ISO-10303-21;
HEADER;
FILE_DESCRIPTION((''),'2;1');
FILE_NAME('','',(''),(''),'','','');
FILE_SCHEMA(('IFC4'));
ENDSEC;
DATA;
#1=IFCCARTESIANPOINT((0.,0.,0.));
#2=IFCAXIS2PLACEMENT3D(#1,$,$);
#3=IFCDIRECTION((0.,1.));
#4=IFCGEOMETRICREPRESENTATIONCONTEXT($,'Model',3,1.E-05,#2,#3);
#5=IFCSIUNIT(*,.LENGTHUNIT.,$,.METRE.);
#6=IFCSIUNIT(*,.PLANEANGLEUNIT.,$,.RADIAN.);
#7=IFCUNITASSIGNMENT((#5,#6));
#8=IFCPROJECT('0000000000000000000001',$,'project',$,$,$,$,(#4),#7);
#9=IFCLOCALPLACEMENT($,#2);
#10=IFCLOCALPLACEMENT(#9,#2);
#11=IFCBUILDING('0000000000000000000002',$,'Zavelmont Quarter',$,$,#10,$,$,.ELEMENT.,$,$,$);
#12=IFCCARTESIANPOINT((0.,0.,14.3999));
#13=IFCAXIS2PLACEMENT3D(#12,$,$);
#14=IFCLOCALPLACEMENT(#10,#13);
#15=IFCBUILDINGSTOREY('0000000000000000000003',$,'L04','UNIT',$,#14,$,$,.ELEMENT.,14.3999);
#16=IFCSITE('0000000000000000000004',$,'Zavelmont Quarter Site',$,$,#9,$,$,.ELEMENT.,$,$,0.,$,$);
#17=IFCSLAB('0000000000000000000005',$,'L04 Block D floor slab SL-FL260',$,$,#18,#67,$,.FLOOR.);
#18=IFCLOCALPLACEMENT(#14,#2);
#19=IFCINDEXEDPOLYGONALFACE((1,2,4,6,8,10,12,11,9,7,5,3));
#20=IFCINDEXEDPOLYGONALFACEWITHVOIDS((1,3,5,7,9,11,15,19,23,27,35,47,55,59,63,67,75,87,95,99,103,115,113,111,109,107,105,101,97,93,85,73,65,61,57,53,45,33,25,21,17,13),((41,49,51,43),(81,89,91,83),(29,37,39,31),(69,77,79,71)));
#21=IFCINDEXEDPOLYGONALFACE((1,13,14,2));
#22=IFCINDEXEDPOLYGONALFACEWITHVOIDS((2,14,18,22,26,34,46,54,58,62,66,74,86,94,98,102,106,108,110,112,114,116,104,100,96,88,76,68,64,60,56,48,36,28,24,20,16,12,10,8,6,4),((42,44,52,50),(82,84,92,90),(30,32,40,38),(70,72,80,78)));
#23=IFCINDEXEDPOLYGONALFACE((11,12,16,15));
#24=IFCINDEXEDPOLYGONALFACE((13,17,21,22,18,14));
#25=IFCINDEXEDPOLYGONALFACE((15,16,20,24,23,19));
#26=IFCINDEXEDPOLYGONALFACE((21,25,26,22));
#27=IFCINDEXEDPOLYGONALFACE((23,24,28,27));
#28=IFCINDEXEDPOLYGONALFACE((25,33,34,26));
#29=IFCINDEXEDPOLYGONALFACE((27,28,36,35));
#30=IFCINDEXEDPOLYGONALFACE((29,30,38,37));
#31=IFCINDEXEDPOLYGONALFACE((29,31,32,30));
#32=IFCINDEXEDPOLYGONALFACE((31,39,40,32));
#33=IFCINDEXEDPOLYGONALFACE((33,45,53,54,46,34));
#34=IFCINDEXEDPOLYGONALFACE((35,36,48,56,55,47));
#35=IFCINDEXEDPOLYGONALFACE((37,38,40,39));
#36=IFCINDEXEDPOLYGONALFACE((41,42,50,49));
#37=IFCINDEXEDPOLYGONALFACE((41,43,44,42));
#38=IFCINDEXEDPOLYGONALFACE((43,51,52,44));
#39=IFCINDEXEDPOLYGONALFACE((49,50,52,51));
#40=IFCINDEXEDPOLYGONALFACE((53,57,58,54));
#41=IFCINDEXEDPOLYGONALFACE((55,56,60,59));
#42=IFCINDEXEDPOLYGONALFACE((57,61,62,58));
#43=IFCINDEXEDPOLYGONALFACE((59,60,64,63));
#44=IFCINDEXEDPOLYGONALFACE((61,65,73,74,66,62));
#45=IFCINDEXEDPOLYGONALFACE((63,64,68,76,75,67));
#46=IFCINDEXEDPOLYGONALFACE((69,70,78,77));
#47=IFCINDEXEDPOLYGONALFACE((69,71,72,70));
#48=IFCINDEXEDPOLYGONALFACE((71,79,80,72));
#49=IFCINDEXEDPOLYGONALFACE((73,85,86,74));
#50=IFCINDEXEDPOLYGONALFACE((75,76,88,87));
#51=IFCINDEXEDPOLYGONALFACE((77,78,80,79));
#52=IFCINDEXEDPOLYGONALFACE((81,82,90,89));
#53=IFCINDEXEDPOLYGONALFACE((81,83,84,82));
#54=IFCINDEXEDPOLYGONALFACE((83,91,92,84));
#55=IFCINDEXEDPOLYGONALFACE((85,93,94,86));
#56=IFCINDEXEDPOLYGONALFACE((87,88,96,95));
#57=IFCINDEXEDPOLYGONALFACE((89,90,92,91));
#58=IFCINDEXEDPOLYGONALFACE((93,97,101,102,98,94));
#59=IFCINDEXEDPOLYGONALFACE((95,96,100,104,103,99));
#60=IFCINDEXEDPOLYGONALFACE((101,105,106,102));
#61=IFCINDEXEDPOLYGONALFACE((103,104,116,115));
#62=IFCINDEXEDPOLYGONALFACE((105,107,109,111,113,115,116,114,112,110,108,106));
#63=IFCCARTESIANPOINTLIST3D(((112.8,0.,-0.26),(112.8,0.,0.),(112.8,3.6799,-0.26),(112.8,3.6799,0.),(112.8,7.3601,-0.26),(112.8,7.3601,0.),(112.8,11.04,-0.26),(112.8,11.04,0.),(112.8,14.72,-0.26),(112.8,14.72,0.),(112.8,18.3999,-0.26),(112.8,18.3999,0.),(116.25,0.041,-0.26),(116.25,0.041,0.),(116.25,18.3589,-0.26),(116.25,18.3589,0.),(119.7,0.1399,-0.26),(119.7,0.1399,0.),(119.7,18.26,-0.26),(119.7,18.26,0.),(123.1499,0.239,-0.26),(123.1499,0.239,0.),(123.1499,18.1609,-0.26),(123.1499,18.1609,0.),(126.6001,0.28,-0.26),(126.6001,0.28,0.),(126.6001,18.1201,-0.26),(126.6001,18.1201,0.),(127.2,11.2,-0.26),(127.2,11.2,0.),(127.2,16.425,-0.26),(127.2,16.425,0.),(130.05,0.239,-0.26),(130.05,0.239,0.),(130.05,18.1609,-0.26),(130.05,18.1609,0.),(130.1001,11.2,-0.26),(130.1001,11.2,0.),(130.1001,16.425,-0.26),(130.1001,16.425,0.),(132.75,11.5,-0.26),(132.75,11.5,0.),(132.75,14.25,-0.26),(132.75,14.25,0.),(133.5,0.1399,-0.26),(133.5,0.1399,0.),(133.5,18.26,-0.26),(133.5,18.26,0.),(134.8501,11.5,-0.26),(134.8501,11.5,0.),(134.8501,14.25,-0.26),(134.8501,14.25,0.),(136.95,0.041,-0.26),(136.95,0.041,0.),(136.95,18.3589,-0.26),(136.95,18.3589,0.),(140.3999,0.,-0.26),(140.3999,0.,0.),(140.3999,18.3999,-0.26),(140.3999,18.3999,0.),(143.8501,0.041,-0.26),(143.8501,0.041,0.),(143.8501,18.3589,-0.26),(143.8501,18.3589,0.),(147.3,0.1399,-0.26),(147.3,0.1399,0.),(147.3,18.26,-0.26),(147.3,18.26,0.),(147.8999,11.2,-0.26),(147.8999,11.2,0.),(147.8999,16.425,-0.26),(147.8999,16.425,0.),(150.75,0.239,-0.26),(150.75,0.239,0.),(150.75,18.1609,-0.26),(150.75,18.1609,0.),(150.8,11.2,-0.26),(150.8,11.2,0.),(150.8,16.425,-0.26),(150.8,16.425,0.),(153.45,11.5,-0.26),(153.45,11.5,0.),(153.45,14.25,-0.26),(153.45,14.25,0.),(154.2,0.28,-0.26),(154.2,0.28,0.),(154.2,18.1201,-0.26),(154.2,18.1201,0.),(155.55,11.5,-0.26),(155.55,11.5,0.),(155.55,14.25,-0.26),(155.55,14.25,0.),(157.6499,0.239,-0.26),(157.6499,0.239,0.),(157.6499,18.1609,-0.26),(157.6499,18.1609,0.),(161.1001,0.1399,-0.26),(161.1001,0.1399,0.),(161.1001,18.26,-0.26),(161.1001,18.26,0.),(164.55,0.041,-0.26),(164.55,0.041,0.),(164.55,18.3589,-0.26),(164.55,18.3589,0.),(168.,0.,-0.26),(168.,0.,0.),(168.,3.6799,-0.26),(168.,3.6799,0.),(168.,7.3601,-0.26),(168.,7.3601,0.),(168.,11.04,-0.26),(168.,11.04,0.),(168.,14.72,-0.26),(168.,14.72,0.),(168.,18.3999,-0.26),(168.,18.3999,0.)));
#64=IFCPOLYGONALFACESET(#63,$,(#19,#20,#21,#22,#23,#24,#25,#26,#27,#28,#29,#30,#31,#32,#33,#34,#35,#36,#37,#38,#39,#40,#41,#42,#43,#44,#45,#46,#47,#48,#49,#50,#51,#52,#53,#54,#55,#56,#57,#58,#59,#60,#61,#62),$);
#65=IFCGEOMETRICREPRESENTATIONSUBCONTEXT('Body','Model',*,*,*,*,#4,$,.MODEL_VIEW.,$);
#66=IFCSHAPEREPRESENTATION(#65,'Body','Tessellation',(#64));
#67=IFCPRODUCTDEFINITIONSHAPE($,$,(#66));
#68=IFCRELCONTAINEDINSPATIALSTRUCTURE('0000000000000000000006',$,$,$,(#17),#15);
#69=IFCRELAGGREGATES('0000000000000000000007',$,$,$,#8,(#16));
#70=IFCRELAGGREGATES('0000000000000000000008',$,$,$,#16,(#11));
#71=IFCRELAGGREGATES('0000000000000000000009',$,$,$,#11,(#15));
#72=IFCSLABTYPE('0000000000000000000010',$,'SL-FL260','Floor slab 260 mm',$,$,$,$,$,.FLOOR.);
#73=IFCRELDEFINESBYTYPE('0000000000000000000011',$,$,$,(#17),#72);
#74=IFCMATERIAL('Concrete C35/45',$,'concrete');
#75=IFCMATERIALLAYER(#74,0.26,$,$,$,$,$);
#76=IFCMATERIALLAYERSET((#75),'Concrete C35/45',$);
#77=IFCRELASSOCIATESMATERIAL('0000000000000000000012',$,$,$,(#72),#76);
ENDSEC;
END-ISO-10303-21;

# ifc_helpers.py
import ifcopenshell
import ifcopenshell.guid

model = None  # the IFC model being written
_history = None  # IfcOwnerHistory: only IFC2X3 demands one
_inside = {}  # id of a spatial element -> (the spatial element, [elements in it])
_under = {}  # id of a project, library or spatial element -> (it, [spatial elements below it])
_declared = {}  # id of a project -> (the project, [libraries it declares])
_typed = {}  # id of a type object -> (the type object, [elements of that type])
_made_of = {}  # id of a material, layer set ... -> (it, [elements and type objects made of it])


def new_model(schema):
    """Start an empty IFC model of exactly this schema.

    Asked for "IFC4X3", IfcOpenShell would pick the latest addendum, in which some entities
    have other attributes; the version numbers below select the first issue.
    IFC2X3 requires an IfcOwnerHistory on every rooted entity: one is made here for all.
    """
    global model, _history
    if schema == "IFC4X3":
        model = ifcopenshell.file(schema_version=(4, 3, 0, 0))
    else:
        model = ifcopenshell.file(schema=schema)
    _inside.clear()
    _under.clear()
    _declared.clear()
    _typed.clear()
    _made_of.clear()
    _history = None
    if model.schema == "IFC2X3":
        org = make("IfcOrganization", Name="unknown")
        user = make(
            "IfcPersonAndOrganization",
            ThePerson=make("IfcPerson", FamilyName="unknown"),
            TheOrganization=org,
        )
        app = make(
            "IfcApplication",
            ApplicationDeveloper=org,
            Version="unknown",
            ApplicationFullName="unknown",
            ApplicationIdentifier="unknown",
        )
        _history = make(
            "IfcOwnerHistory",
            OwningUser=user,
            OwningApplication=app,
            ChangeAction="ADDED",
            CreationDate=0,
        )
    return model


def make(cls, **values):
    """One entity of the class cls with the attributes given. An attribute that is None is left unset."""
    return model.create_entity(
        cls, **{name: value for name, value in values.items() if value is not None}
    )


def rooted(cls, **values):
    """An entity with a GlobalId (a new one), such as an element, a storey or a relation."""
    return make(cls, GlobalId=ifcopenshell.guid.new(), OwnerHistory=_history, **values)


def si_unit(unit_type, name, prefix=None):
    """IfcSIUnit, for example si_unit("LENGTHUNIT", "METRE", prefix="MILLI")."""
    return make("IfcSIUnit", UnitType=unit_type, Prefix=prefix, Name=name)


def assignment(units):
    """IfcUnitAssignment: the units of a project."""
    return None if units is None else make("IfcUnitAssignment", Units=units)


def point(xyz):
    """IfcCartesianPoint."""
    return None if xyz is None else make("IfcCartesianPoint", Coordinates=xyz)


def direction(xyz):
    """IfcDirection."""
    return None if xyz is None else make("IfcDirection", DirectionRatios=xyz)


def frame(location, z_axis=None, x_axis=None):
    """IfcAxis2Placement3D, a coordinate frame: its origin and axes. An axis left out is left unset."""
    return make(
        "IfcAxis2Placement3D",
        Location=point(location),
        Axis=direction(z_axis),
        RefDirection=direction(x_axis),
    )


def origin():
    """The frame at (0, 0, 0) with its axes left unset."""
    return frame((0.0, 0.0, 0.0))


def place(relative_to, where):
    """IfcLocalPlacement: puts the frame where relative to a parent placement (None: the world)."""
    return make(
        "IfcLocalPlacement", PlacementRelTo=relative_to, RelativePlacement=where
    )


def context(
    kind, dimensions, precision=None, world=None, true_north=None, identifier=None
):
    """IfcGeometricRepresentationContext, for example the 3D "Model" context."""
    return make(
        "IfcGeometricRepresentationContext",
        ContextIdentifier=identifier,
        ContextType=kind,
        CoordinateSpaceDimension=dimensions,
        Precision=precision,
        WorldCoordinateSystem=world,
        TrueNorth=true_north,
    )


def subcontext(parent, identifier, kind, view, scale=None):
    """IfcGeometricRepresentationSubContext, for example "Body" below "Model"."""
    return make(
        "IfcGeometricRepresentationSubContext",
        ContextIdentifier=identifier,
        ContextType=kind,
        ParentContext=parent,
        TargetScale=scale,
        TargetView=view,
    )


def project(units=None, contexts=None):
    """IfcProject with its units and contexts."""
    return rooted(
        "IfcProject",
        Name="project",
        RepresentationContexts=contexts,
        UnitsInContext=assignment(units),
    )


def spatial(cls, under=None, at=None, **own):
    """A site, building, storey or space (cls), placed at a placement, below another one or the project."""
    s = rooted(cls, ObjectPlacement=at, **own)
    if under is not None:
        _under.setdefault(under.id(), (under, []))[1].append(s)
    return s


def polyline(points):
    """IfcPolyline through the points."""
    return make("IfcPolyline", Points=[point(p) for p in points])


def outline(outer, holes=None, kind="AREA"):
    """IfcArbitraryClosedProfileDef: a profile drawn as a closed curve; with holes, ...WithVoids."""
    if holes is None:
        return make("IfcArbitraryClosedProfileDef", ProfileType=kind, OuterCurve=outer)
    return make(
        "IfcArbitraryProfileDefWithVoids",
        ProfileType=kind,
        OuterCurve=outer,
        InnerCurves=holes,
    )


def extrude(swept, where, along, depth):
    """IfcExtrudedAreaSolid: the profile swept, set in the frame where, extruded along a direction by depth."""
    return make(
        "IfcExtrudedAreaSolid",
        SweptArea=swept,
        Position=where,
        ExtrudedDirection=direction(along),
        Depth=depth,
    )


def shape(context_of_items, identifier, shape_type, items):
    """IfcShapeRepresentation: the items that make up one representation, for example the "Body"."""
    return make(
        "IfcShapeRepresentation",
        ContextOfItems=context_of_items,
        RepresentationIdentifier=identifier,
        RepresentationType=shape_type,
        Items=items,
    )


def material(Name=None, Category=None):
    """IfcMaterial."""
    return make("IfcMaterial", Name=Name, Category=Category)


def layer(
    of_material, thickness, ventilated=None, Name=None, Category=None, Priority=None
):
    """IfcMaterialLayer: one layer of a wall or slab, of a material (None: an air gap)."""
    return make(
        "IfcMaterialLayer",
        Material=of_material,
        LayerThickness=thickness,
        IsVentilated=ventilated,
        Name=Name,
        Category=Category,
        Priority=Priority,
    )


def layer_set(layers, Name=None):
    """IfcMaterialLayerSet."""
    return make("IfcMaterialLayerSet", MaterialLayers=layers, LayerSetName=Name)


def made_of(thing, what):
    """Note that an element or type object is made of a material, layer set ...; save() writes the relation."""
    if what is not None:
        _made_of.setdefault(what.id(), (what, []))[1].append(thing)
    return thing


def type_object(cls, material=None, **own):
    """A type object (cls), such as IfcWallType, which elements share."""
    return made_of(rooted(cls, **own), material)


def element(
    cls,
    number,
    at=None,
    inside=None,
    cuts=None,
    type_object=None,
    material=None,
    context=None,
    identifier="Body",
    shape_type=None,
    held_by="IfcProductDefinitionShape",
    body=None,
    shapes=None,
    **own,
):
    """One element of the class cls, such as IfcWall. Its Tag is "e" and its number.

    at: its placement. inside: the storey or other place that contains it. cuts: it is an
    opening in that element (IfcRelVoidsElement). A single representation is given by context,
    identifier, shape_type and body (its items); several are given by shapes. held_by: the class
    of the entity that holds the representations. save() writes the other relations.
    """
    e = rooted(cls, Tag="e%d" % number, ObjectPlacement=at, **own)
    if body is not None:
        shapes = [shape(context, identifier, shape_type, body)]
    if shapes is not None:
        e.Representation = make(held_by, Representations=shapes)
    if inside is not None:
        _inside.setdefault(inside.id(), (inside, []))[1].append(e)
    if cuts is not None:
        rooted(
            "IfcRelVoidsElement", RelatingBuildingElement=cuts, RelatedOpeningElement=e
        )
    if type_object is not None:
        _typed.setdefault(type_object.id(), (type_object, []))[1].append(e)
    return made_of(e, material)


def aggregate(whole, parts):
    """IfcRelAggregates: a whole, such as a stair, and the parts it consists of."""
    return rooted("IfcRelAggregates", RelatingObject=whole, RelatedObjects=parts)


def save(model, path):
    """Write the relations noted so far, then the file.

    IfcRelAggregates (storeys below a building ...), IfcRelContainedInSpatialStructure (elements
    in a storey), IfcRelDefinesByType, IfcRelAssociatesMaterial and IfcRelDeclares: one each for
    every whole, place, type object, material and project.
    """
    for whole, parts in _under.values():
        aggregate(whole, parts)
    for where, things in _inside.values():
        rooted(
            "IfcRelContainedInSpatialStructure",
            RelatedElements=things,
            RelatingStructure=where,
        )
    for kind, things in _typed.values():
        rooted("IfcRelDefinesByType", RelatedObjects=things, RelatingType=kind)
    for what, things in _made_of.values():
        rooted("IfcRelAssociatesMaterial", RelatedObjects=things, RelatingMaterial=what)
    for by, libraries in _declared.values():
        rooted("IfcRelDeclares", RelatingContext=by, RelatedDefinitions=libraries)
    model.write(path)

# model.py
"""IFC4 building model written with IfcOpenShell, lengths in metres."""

from ifc_helpers import new_model, si_unit, direction, frame, origin, place, context, subcontext, project, spatial, polyline, outline, extrude, material, layer, layer_set, type_object, element, save


model = new_model("IFC4")

# Units and contexts
model_context = context("Model", 3, precision=1e-05, world=origin(), true_north=direction((0.0, 1.0)))
body_context = subcontext(model_context, "Body", "Model", "MODEL_VIEW")
ifc_project = project(units=[si_unit("LENGTHUNIT", "METRE"), si_unit("PLANEANGLEUNIT", "RADIAN")], contexts=[model_context])

# Site, building, storey
site_placement = place(None, origin())
site = spatial("IfcSite", under=ifc_project, at=site_placement, Name="Zavelmont Quarter Site", CompositionType="ELEMENT", RefElevation=0.0)
building_placement = place(site_placement, origin())
building = spatial("IfcBuilding", under=site, at=building_placement, Name="Zavelmont Quarter", CompositionType="ELEMENT")
storey_placement = place(building_placement, frame((0.0, 0.0, 14.3999)))
storey = spatial("IfcBuildingStorey", under=building, at=storey_placement, Name="L04", Description="UNIT", CompositionType="ELEMENT", Elevation=14.3999)

# Slab
ifc_material_1 = material(Name="Concrete C35/45", Category="concrete")
ifc_layer_1 = layer(ifc_material_1, 0.26)
ifc_layer_set_1 = layer_set([ifc_layer_1], Name="Concrete C35/45")
slab_type_1 = type_object("IfcSlabType", Name="SL-FL260", Description="Floor slab 260 mm", PredefinedType="FLOOR", material=ifc_layer_set_1)
slab_1_placement = place(storey_placement, frame((0.0, 0.0, -0.26)))
element("IfcSlab", 1, at=slab_1_placement, inside=storey, type_object=slab_type_1, Name="L04 Block D floor slab SL-FL260", PredefinedType="FLOOR", context=body_context, shape_type="SweptSolid", body=[
    extrude(outline(polyline([(112.8, 0.0), (116.25, 0.041), (119.7, 0.1399), (123.1499, 0.239), (126.6001, 0.28), (130.05, 0.239), (133.5, 0.1399), (136.95, 0.041), (140.3999, 0.0), (143.8501, 0.041), (147.3, 0.1399), (150.75, 0.239), (154.2, 0.28), (157.6499, 0.239), (161.1001, 0.1399), (164.55, 0.041), (168.0, 0.0), (168.0, 3.6799), (168.0, 7.3601), (168.0, 11.04), (168.0, 14.72), (168.0, 18.3999), (164.55, 18.3589), (161.1001, 18.26), (157.6499, 18.1609), (154.2, 18.1201), (150.75, 18.1609), (147.3, 18.26), (143.8501, 18.3589), (140.3999, 18.3999), (136.95, 18.3589), (133.5, 18.26), (130.05, 18.1609), (126.6001, 18.1201), (123.1499, 18.1609), (119.7, 18.26), (116.25, 18.3589), (112.8, 18.3999), (112.8, 14.72), (112.8, 11.04), (112.8, 7.3601), (112.8, 3.6799), (112.8, 0.0)]), holes=[polyline([(127.2, 16.425), (127.2, 11.2), (130.1001, 11.2), (130.1001, 16.425), (127.2, 16.425)]), polyline([(132.75, 11.5), (134.8501, 11.5), (134.8501, 14.25), (132.75, 14.25), (132.75, 11.5)]), polyline([(147.8999, 16.425), (147.8999, 11.2), (150.8, 11.2), (150.8, 16.425), (147.8999, 16.425)]), polyline([(153.45, 11.5), (155.55, 11.5), (155.55, 14.25), (153.45, 14.25), (153.45, 11.5)])]), origin(), (0.0, 0.0, 1.0), 0.26),
])

save(model, "model.ifc")
